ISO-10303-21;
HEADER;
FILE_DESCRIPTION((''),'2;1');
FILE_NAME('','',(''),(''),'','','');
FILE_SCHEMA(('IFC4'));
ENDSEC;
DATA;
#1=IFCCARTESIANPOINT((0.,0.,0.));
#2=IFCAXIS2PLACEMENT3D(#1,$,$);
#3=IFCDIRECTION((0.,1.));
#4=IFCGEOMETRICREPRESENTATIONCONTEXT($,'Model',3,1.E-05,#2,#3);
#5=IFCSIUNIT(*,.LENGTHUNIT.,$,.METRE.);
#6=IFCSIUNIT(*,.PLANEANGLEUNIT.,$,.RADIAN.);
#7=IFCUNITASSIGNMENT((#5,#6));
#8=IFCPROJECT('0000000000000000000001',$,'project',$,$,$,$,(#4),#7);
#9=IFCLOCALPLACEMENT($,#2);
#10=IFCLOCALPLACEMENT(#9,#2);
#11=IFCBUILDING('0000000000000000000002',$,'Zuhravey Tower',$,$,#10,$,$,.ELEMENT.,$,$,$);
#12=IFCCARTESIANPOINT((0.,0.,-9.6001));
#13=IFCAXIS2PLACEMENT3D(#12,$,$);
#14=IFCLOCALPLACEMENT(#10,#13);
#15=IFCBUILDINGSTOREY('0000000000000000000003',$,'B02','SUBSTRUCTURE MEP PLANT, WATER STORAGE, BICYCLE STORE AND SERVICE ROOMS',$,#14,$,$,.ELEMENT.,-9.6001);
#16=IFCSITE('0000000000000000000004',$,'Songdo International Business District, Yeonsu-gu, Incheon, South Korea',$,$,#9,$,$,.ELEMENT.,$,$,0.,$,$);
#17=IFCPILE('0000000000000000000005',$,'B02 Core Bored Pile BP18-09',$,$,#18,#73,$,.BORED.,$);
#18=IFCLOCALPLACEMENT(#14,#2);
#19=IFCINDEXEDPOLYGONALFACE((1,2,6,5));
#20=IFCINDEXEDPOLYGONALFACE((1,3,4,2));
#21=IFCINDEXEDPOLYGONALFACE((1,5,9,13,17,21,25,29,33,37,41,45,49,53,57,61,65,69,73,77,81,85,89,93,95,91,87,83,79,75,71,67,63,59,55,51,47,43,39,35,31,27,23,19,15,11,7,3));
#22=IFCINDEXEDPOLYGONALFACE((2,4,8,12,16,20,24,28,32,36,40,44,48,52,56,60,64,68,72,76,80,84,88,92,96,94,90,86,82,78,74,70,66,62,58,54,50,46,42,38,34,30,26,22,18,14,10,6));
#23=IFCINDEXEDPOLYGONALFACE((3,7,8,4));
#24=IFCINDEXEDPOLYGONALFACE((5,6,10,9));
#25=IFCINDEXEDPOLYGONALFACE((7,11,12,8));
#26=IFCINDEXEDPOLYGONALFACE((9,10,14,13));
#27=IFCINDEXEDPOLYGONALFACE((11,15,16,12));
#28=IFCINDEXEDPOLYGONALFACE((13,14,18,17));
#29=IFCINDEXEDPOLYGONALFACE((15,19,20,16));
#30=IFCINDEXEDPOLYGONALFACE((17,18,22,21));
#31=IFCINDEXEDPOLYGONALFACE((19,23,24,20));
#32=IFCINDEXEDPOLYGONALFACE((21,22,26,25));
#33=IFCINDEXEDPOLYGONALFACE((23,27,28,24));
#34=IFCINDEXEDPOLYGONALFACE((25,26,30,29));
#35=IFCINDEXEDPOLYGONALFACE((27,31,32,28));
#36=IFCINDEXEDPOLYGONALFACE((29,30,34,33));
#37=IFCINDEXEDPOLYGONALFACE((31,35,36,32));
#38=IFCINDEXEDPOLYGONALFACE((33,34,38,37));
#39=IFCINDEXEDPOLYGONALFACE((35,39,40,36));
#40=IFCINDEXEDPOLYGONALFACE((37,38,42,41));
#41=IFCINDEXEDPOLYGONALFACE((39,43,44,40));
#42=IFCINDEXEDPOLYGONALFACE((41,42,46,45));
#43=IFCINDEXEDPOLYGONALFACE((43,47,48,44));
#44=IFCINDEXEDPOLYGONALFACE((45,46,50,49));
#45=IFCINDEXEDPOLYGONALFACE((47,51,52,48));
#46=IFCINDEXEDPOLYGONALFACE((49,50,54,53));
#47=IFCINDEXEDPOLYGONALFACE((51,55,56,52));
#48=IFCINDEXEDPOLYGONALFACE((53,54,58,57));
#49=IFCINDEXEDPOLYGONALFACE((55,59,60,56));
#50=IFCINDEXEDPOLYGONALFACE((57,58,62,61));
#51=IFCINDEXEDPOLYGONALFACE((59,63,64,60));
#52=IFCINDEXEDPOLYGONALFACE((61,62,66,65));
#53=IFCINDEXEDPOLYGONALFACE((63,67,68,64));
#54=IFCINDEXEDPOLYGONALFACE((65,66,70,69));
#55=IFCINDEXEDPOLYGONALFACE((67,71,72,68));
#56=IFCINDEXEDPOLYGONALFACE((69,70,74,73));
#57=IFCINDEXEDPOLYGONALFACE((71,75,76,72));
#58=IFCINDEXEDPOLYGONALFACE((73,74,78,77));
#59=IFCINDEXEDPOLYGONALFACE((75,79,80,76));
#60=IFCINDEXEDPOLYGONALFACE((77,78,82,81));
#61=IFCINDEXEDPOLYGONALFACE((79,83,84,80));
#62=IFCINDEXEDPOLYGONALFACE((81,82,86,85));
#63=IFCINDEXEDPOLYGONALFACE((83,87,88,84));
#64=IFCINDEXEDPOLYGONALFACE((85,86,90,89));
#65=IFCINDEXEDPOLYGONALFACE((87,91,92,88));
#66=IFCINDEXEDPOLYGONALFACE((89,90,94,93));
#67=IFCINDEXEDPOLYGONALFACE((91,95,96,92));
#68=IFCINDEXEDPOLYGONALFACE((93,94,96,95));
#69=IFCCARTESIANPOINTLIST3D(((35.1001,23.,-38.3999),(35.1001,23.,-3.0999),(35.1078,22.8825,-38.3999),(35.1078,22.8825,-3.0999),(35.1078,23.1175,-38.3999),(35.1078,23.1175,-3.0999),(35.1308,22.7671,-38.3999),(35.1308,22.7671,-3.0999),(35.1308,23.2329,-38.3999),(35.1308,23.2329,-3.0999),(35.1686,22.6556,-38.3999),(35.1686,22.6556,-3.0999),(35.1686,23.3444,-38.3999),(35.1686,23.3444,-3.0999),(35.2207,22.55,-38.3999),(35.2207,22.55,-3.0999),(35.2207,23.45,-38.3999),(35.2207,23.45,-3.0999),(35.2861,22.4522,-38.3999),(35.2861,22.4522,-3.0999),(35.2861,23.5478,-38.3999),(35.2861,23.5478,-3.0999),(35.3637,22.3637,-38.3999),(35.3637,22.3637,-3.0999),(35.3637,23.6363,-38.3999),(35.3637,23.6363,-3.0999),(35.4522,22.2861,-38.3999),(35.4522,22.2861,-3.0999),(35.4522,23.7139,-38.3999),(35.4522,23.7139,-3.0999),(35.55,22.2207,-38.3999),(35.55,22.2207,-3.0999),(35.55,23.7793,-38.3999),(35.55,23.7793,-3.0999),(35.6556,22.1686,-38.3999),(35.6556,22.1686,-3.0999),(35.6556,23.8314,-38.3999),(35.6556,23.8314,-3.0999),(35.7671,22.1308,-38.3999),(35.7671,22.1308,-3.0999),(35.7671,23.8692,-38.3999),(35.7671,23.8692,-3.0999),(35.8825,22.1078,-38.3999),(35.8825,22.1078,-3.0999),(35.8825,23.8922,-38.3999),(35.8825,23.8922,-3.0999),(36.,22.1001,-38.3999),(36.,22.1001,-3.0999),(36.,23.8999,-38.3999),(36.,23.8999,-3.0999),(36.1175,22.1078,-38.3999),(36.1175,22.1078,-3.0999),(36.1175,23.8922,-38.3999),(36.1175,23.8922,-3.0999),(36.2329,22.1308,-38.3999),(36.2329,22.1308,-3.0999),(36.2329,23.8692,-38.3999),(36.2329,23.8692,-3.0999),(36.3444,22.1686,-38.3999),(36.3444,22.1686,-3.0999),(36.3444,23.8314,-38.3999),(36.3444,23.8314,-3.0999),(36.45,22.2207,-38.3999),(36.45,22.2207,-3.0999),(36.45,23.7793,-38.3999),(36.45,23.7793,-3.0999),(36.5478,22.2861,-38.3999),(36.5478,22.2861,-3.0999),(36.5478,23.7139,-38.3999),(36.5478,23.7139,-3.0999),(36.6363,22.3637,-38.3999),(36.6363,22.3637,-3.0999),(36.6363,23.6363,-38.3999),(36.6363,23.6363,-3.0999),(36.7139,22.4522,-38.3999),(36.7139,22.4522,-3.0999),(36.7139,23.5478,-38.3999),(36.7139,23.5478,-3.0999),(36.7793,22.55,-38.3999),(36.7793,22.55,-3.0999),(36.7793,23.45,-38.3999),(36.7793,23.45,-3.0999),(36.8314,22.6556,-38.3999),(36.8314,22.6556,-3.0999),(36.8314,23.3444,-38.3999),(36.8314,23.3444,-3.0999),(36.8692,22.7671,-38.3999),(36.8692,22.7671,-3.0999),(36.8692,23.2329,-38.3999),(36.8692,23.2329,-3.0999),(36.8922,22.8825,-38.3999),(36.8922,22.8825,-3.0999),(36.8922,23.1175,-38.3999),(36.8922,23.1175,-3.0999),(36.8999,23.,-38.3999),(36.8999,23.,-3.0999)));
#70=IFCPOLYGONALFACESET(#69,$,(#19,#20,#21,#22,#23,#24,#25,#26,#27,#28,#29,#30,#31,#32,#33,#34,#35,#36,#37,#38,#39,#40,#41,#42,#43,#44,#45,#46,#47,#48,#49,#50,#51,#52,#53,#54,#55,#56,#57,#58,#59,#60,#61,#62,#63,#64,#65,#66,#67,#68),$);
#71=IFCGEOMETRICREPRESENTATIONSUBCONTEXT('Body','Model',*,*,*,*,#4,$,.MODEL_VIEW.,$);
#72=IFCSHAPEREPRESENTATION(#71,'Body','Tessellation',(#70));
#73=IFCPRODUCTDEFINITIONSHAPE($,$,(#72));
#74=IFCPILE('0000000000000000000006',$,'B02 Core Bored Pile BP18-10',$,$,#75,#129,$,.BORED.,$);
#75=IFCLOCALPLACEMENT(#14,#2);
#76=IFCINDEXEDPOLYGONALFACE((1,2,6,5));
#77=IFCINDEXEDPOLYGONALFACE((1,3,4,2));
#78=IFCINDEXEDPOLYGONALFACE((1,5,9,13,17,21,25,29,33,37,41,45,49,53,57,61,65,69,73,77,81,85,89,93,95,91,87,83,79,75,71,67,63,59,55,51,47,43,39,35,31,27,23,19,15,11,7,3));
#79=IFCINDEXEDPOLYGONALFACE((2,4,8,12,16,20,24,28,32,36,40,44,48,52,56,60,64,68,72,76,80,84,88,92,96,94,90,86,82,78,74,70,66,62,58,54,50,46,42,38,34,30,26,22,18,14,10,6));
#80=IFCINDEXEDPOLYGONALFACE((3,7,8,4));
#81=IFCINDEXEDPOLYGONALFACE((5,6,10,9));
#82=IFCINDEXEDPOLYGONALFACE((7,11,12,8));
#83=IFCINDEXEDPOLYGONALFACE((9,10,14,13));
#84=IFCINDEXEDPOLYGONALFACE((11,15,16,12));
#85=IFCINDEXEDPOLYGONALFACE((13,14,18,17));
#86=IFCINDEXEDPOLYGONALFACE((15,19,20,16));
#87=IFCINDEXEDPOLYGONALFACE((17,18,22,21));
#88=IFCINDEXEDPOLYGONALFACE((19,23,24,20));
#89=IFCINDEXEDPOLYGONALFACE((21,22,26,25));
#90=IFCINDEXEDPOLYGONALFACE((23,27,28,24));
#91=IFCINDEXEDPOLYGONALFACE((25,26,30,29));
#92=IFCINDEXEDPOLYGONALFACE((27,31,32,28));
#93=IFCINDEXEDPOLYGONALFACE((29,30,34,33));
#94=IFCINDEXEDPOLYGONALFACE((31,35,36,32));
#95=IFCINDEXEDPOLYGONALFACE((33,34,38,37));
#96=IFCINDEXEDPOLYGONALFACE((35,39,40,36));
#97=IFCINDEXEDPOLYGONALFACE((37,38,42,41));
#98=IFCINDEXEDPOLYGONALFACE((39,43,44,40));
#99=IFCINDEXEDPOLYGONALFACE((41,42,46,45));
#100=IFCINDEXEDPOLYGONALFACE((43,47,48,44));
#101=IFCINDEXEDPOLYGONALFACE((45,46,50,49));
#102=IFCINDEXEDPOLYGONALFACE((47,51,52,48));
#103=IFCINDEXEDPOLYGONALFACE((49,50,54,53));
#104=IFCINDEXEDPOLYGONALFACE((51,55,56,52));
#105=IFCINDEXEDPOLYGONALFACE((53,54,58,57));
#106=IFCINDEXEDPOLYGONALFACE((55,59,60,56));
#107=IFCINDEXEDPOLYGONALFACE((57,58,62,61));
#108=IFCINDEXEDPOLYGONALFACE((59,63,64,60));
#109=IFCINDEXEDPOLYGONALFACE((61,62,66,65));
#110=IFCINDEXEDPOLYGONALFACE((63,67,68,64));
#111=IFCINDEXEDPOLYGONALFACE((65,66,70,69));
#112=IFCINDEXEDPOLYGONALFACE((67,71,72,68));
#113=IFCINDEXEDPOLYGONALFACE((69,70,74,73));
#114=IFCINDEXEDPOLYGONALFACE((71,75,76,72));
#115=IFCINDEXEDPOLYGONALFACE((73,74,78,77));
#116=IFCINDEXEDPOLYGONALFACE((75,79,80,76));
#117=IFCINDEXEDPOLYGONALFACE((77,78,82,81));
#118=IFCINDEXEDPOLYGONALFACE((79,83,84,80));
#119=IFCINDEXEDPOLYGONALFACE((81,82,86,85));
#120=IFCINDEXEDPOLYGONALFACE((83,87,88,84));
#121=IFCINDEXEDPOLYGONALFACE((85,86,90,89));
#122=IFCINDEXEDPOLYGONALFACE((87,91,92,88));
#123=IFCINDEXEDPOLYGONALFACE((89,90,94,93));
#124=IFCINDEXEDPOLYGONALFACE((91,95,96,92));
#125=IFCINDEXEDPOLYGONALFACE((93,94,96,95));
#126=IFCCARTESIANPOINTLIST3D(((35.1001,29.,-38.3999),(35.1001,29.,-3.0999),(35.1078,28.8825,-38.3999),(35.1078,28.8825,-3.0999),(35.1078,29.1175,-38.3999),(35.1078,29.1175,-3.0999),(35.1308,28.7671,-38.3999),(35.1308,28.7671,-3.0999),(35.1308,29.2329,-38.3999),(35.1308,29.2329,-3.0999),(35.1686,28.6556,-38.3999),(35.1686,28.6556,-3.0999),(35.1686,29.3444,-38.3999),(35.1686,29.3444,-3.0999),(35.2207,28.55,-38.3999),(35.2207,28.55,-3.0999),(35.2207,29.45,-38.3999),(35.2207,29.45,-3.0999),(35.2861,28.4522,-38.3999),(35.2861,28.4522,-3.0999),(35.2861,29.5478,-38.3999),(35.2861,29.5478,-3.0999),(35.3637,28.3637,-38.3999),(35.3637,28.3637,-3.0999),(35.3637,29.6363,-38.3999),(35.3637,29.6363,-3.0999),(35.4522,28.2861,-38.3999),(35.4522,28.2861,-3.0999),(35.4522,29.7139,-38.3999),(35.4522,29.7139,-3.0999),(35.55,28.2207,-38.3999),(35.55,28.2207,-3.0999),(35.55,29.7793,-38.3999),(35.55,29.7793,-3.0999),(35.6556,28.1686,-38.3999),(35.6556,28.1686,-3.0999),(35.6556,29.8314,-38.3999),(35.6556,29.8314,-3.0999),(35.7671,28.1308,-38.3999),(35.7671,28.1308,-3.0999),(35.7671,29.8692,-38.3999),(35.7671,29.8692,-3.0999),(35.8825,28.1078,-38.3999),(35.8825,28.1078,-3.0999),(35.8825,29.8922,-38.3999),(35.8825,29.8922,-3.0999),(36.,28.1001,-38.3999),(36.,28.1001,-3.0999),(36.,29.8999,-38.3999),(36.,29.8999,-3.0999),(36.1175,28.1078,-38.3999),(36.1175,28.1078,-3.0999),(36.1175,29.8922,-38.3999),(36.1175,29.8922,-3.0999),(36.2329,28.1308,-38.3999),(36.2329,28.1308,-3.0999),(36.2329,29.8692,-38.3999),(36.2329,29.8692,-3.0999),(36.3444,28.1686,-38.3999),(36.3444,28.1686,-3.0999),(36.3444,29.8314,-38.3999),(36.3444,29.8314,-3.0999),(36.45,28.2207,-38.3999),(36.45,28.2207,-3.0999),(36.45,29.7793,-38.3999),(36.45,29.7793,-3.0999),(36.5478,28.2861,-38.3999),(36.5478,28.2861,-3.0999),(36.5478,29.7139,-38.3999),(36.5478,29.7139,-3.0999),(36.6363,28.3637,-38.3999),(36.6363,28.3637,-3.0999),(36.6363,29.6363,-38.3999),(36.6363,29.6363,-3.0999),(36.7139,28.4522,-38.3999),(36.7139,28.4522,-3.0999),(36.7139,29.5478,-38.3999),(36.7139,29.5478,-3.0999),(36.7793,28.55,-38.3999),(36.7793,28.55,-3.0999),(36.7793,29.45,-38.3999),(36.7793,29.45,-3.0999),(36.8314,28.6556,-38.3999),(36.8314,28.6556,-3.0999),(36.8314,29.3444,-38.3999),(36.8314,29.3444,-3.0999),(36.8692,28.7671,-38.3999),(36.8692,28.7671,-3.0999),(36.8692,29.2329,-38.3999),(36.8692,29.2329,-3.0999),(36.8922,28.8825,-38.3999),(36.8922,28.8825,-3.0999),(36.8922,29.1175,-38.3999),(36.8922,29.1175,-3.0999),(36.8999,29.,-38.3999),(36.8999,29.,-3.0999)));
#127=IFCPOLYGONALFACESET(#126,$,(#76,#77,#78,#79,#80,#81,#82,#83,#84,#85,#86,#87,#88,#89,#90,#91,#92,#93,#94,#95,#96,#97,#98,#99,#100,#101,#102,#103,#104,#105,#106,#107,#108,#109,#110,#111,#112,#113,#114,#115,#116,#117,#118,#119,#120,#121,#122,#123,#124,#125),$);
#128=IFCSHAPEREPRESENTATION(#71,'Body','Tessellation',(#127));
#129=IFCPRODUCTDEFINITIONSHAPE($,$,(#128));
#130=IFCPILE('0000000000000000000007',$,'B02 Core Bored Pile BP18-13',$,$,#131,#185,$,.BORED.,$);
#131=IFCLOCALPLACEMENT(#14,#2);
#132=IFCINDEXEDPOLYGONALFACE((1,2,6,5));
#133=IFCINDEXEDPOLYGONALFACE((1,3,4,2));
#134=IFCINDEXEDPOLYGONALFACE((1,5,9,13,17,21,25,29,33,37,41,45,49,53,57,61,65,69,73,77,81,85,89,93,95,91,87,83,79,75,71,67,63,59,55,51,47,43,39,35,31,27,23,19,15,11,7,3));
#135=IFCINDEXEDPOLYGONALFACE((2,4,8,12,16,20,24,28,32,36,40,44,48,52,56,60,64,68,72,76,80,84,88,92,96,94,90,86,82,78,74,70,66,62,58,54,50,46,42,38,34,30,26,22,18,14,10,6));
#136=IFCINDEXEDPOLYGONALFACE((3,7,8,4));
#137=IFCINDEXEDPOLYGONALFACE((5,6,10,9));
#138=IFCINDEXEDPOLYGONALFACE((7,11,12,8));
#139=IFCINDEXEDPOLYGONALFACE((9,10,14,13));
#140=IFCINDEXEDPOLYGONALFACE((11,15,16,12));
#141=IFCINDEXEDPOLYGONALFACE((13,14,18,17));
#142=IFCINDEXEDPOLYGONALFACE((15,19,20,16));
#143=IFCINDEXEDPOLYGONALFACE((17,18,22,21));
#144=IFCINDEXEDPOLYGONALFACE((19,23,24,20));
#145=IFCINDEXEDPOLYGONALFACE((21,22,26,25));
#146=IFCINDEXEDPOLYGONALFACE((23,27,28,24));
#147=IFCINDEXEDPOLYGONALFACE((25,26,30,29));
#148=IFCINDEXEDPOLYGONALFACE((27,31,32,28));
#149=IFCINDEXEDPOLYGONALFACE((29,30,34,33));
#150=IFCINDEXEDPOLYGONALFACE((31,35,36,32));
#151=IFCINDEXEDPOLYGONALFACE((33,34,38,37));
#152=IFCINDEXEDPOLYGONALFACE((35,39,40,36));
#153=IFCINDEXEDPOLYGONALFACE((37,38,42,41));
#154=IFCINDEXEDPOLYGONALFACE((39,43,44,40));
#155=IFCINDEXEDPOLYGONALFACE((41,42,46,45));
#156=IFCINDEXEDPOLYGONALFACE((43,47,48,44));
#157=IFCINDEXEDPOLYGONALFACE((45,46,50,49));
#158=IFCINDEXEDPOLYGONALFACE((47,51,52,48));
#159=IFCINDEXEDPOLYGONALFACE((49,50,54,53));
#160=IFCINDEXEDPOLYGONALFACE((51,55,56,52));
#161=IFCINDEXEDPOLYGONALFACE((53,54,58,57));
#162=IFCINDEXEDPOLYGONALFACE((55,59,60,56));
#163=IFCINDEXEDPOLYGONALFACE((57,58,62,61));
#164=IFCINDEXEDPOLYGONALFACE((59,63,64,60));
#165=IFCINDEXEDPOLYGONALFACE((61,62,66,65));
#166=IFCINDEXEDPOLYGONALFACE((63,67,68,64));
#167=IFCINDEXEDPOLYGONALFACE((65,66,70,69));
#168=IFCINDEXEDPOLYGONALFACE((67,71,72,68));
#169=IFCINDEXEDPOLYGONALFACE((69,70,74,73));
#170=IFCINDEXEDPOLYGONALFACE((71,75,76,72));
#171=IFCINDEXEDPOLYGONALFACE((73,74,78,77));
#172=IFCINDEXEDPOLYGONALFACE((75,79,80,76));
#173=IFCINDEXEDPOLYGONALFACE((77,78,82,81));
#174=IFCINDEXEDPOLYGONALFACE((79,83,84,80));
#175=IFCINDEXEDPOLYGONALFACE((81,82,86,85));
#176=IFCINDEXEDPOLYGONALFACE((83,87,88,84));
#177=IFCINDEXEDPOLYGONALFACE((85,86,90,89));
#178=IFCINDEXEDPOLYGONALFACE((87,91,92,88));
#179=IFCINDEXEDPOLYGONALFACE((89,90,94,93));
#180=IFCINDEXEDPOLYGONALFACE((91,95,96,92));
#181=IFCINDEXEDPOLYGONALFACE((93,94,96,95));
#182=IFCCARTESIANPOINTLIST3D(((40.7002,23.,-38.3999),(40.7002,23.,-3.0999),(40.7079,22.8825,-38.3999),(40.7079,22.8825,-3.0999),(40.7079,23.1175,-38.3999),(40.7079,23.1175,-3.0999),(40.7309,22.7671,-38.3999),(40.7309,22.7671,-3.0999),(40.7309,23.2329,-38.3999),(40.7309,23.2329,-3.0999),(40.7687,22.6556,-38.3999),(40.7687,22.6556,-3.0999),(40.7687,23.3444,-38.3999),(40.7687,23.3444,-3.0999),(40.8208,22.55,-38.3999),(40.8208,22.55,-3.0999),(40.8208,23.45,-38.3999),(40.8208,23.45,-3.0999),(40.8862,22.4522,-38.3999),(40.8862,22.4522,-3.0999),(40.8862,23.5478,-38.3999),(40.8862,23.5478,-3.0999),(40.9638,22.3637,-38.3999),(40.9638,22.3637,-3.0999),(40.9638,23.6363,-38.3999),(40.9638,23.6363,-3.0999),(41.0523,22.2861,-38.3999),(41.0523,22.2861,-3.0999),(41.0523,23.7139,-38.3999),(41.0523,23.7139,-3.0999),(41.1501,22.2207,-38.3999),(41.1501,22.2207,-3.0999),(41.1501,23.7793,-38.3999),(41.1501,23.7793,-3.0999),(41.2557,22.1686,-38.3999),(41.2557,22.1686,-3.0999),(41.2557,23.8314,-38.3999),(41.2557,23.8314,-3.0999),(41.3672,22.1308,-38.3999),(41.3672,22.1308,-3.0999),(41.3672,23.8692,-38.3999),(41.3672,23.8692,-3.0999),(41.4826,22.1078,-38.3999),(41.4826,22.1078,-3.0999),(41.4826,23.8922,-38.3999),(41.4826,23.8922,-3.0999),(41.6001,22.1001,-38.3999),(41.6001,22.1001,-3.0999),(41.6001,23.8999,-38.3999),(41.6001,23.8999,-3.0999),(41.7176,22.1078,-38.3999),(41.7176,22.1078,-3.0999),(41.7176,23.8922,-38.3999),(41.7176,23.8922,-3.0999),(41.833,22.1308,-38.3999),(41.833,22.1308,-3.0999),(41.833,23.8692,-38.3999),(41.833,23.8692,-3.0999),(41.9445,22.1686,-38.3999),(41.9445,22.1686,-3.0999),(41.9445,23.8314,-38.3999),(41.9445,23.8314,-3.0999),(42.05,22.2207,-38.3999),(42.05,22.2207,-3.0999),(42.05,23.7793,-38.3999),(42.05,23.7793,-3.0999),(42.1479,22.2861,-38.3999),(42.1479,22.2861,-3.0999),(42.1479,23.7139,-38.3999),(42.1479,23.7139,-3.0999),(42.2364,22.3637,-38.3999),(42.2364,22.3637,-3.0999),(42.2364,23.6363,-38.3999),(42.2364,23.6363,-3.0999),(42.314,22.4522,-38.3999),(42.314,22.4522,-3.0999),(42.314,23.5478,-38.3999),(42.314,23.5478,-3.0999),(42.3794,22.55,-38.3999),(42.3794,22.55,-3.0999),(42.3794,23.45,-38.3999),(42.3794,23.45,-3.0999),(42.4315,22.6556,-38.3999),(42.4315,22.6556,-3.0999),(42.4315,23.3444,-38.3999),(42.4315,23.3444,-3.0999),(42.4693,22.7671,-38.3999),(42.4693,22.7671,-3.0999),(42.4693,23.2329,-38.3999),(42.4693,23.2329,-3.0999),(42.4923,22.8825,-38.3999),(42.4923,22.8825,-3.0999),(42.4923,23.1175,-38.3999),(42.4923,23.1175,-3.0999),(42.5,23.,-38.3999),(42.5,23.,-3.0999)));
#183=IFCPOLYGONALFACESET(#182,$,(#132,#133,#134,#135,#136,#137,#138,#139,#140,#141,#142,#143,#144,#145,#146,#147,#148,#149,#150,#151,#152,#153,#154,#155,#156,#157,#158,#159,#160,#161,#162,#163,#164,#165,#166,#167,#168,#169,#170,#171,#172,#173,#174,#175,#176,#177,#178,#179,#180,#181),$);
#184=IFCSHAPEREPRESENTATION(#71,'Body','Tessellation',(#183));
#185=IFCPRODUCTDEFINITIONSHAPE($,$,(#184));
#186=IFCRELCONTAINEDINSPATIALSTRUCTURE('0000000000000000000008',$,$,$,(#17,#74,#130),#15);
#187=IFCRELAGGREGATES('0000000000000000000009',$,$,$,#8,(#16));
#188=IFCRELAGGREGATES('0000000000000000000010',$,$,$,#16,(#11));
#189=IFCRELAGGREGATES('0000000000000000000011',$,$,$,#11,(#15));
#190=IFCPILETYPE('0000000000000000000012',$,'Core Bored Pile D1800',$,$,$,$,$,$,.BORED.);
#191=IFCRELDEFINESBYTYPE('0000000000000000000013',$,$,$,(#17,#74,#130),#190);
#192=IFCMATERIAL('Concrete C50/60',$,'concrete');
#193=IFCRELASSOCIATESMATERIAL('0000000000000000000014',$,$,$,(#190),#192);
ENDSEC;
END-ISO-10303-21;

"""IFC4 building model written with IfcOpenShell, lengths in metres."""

from ifc_helpers import new_model, si_unit, direction, frame, origin, origin_2d, place, context, subcontext, project, spatial, circle, extrude, material, material_profile, profile_set, type_object, element, save


model = new_model("IFC4")

# Units and contexts
model_context = context("Model", 3, precision=1e-05, world=origin(), true_north=direction((0.0, 1.0)))
body_context = subcontext(model_context, "Body", "Model", "MODEL_VIEW")
ifc_project = project(units=[si_unit("LENGTHUNIT", "METRE"), si_unit("PLANEANGLEUNIT", "RADIAN")], contexts=[model_context])

# Site, building, storey
site_placement = place(None, origin())
site = spatial("IfcSite", under=ifc_project, at=site_placement, Name="Songdo International Business District, Yeonsu-gu, Incheon, South Korea", CompositionType="ELEMENT", RefElevation=0.0)
building_placement = place(site_placement, origin())
building = spatial("IfcBuilding", under=site, at=building_placement, Name="Zuhravey Tower", CompositionType="ELEMENT")
storey_placement = place(building_placement, frame((0.0, 0.0, -9.6001)))
storey = spatial("IfcBuildingStorey", under=building, at=storey_placement, Name="B02", Description="SUBSTRUCTURE MEP PLANT, WATER STORAGE, BICYCLE STORE AND SERVICE ROOMS", CompositionType="ELEMENT", Elevation=-9.6001)

# Piles
ifc_material_1 = material(Name="Concrete C50/60", Category="concrete")
ifc_material_profile = material_profile(ifc_material_1, circle(Radius=0.8999, at=origin_2d()), Name="PILE-D1800")
ifc_profile_set = profile_set([ifc_material_profile], Name="Concrete C50/60")
pile_type = type_object("IfcPileType", Name="Core Bored Pile D1800", PredefinedType="BORED", material=ifc_profile_set)
for number, where, z_axis, x_axis, name in (
    (1, (36.0, 23.0, -3.0999), (0.0, 0.0, -1.0), (1.0, 0.0, 0.0), "B02 Core Bored Pile BP18-09"),
    (2, (36.0, 29.0, -3.0999), (0.0, 0.0, -1.0), (1.0, 0.0, 0.0), "B02 Core Bored Pile BP18-10"),
    (3, (41.6001, 23.0, -3.0999), (0.0, 0.0, -1.0), (1.0, 0.0, 0.0), "B02 Core Bored Pile BP18-13"),
):
    element("IfcPile", number, at=place(storey_placement, frame(where, z_axis=z_axis, x_axis=x_axis)), inside=storey, type_object=pile_type, Name=name, PredefinedType="BORED", context=body_context, shape_type="SweptSolid", body=[
        extrude(circle(Radius=0.8999, at=origin_2d()), origin(), (0.0, 0.0, 1.0), 35.3),
    ])

save(model, "model.ifc")
